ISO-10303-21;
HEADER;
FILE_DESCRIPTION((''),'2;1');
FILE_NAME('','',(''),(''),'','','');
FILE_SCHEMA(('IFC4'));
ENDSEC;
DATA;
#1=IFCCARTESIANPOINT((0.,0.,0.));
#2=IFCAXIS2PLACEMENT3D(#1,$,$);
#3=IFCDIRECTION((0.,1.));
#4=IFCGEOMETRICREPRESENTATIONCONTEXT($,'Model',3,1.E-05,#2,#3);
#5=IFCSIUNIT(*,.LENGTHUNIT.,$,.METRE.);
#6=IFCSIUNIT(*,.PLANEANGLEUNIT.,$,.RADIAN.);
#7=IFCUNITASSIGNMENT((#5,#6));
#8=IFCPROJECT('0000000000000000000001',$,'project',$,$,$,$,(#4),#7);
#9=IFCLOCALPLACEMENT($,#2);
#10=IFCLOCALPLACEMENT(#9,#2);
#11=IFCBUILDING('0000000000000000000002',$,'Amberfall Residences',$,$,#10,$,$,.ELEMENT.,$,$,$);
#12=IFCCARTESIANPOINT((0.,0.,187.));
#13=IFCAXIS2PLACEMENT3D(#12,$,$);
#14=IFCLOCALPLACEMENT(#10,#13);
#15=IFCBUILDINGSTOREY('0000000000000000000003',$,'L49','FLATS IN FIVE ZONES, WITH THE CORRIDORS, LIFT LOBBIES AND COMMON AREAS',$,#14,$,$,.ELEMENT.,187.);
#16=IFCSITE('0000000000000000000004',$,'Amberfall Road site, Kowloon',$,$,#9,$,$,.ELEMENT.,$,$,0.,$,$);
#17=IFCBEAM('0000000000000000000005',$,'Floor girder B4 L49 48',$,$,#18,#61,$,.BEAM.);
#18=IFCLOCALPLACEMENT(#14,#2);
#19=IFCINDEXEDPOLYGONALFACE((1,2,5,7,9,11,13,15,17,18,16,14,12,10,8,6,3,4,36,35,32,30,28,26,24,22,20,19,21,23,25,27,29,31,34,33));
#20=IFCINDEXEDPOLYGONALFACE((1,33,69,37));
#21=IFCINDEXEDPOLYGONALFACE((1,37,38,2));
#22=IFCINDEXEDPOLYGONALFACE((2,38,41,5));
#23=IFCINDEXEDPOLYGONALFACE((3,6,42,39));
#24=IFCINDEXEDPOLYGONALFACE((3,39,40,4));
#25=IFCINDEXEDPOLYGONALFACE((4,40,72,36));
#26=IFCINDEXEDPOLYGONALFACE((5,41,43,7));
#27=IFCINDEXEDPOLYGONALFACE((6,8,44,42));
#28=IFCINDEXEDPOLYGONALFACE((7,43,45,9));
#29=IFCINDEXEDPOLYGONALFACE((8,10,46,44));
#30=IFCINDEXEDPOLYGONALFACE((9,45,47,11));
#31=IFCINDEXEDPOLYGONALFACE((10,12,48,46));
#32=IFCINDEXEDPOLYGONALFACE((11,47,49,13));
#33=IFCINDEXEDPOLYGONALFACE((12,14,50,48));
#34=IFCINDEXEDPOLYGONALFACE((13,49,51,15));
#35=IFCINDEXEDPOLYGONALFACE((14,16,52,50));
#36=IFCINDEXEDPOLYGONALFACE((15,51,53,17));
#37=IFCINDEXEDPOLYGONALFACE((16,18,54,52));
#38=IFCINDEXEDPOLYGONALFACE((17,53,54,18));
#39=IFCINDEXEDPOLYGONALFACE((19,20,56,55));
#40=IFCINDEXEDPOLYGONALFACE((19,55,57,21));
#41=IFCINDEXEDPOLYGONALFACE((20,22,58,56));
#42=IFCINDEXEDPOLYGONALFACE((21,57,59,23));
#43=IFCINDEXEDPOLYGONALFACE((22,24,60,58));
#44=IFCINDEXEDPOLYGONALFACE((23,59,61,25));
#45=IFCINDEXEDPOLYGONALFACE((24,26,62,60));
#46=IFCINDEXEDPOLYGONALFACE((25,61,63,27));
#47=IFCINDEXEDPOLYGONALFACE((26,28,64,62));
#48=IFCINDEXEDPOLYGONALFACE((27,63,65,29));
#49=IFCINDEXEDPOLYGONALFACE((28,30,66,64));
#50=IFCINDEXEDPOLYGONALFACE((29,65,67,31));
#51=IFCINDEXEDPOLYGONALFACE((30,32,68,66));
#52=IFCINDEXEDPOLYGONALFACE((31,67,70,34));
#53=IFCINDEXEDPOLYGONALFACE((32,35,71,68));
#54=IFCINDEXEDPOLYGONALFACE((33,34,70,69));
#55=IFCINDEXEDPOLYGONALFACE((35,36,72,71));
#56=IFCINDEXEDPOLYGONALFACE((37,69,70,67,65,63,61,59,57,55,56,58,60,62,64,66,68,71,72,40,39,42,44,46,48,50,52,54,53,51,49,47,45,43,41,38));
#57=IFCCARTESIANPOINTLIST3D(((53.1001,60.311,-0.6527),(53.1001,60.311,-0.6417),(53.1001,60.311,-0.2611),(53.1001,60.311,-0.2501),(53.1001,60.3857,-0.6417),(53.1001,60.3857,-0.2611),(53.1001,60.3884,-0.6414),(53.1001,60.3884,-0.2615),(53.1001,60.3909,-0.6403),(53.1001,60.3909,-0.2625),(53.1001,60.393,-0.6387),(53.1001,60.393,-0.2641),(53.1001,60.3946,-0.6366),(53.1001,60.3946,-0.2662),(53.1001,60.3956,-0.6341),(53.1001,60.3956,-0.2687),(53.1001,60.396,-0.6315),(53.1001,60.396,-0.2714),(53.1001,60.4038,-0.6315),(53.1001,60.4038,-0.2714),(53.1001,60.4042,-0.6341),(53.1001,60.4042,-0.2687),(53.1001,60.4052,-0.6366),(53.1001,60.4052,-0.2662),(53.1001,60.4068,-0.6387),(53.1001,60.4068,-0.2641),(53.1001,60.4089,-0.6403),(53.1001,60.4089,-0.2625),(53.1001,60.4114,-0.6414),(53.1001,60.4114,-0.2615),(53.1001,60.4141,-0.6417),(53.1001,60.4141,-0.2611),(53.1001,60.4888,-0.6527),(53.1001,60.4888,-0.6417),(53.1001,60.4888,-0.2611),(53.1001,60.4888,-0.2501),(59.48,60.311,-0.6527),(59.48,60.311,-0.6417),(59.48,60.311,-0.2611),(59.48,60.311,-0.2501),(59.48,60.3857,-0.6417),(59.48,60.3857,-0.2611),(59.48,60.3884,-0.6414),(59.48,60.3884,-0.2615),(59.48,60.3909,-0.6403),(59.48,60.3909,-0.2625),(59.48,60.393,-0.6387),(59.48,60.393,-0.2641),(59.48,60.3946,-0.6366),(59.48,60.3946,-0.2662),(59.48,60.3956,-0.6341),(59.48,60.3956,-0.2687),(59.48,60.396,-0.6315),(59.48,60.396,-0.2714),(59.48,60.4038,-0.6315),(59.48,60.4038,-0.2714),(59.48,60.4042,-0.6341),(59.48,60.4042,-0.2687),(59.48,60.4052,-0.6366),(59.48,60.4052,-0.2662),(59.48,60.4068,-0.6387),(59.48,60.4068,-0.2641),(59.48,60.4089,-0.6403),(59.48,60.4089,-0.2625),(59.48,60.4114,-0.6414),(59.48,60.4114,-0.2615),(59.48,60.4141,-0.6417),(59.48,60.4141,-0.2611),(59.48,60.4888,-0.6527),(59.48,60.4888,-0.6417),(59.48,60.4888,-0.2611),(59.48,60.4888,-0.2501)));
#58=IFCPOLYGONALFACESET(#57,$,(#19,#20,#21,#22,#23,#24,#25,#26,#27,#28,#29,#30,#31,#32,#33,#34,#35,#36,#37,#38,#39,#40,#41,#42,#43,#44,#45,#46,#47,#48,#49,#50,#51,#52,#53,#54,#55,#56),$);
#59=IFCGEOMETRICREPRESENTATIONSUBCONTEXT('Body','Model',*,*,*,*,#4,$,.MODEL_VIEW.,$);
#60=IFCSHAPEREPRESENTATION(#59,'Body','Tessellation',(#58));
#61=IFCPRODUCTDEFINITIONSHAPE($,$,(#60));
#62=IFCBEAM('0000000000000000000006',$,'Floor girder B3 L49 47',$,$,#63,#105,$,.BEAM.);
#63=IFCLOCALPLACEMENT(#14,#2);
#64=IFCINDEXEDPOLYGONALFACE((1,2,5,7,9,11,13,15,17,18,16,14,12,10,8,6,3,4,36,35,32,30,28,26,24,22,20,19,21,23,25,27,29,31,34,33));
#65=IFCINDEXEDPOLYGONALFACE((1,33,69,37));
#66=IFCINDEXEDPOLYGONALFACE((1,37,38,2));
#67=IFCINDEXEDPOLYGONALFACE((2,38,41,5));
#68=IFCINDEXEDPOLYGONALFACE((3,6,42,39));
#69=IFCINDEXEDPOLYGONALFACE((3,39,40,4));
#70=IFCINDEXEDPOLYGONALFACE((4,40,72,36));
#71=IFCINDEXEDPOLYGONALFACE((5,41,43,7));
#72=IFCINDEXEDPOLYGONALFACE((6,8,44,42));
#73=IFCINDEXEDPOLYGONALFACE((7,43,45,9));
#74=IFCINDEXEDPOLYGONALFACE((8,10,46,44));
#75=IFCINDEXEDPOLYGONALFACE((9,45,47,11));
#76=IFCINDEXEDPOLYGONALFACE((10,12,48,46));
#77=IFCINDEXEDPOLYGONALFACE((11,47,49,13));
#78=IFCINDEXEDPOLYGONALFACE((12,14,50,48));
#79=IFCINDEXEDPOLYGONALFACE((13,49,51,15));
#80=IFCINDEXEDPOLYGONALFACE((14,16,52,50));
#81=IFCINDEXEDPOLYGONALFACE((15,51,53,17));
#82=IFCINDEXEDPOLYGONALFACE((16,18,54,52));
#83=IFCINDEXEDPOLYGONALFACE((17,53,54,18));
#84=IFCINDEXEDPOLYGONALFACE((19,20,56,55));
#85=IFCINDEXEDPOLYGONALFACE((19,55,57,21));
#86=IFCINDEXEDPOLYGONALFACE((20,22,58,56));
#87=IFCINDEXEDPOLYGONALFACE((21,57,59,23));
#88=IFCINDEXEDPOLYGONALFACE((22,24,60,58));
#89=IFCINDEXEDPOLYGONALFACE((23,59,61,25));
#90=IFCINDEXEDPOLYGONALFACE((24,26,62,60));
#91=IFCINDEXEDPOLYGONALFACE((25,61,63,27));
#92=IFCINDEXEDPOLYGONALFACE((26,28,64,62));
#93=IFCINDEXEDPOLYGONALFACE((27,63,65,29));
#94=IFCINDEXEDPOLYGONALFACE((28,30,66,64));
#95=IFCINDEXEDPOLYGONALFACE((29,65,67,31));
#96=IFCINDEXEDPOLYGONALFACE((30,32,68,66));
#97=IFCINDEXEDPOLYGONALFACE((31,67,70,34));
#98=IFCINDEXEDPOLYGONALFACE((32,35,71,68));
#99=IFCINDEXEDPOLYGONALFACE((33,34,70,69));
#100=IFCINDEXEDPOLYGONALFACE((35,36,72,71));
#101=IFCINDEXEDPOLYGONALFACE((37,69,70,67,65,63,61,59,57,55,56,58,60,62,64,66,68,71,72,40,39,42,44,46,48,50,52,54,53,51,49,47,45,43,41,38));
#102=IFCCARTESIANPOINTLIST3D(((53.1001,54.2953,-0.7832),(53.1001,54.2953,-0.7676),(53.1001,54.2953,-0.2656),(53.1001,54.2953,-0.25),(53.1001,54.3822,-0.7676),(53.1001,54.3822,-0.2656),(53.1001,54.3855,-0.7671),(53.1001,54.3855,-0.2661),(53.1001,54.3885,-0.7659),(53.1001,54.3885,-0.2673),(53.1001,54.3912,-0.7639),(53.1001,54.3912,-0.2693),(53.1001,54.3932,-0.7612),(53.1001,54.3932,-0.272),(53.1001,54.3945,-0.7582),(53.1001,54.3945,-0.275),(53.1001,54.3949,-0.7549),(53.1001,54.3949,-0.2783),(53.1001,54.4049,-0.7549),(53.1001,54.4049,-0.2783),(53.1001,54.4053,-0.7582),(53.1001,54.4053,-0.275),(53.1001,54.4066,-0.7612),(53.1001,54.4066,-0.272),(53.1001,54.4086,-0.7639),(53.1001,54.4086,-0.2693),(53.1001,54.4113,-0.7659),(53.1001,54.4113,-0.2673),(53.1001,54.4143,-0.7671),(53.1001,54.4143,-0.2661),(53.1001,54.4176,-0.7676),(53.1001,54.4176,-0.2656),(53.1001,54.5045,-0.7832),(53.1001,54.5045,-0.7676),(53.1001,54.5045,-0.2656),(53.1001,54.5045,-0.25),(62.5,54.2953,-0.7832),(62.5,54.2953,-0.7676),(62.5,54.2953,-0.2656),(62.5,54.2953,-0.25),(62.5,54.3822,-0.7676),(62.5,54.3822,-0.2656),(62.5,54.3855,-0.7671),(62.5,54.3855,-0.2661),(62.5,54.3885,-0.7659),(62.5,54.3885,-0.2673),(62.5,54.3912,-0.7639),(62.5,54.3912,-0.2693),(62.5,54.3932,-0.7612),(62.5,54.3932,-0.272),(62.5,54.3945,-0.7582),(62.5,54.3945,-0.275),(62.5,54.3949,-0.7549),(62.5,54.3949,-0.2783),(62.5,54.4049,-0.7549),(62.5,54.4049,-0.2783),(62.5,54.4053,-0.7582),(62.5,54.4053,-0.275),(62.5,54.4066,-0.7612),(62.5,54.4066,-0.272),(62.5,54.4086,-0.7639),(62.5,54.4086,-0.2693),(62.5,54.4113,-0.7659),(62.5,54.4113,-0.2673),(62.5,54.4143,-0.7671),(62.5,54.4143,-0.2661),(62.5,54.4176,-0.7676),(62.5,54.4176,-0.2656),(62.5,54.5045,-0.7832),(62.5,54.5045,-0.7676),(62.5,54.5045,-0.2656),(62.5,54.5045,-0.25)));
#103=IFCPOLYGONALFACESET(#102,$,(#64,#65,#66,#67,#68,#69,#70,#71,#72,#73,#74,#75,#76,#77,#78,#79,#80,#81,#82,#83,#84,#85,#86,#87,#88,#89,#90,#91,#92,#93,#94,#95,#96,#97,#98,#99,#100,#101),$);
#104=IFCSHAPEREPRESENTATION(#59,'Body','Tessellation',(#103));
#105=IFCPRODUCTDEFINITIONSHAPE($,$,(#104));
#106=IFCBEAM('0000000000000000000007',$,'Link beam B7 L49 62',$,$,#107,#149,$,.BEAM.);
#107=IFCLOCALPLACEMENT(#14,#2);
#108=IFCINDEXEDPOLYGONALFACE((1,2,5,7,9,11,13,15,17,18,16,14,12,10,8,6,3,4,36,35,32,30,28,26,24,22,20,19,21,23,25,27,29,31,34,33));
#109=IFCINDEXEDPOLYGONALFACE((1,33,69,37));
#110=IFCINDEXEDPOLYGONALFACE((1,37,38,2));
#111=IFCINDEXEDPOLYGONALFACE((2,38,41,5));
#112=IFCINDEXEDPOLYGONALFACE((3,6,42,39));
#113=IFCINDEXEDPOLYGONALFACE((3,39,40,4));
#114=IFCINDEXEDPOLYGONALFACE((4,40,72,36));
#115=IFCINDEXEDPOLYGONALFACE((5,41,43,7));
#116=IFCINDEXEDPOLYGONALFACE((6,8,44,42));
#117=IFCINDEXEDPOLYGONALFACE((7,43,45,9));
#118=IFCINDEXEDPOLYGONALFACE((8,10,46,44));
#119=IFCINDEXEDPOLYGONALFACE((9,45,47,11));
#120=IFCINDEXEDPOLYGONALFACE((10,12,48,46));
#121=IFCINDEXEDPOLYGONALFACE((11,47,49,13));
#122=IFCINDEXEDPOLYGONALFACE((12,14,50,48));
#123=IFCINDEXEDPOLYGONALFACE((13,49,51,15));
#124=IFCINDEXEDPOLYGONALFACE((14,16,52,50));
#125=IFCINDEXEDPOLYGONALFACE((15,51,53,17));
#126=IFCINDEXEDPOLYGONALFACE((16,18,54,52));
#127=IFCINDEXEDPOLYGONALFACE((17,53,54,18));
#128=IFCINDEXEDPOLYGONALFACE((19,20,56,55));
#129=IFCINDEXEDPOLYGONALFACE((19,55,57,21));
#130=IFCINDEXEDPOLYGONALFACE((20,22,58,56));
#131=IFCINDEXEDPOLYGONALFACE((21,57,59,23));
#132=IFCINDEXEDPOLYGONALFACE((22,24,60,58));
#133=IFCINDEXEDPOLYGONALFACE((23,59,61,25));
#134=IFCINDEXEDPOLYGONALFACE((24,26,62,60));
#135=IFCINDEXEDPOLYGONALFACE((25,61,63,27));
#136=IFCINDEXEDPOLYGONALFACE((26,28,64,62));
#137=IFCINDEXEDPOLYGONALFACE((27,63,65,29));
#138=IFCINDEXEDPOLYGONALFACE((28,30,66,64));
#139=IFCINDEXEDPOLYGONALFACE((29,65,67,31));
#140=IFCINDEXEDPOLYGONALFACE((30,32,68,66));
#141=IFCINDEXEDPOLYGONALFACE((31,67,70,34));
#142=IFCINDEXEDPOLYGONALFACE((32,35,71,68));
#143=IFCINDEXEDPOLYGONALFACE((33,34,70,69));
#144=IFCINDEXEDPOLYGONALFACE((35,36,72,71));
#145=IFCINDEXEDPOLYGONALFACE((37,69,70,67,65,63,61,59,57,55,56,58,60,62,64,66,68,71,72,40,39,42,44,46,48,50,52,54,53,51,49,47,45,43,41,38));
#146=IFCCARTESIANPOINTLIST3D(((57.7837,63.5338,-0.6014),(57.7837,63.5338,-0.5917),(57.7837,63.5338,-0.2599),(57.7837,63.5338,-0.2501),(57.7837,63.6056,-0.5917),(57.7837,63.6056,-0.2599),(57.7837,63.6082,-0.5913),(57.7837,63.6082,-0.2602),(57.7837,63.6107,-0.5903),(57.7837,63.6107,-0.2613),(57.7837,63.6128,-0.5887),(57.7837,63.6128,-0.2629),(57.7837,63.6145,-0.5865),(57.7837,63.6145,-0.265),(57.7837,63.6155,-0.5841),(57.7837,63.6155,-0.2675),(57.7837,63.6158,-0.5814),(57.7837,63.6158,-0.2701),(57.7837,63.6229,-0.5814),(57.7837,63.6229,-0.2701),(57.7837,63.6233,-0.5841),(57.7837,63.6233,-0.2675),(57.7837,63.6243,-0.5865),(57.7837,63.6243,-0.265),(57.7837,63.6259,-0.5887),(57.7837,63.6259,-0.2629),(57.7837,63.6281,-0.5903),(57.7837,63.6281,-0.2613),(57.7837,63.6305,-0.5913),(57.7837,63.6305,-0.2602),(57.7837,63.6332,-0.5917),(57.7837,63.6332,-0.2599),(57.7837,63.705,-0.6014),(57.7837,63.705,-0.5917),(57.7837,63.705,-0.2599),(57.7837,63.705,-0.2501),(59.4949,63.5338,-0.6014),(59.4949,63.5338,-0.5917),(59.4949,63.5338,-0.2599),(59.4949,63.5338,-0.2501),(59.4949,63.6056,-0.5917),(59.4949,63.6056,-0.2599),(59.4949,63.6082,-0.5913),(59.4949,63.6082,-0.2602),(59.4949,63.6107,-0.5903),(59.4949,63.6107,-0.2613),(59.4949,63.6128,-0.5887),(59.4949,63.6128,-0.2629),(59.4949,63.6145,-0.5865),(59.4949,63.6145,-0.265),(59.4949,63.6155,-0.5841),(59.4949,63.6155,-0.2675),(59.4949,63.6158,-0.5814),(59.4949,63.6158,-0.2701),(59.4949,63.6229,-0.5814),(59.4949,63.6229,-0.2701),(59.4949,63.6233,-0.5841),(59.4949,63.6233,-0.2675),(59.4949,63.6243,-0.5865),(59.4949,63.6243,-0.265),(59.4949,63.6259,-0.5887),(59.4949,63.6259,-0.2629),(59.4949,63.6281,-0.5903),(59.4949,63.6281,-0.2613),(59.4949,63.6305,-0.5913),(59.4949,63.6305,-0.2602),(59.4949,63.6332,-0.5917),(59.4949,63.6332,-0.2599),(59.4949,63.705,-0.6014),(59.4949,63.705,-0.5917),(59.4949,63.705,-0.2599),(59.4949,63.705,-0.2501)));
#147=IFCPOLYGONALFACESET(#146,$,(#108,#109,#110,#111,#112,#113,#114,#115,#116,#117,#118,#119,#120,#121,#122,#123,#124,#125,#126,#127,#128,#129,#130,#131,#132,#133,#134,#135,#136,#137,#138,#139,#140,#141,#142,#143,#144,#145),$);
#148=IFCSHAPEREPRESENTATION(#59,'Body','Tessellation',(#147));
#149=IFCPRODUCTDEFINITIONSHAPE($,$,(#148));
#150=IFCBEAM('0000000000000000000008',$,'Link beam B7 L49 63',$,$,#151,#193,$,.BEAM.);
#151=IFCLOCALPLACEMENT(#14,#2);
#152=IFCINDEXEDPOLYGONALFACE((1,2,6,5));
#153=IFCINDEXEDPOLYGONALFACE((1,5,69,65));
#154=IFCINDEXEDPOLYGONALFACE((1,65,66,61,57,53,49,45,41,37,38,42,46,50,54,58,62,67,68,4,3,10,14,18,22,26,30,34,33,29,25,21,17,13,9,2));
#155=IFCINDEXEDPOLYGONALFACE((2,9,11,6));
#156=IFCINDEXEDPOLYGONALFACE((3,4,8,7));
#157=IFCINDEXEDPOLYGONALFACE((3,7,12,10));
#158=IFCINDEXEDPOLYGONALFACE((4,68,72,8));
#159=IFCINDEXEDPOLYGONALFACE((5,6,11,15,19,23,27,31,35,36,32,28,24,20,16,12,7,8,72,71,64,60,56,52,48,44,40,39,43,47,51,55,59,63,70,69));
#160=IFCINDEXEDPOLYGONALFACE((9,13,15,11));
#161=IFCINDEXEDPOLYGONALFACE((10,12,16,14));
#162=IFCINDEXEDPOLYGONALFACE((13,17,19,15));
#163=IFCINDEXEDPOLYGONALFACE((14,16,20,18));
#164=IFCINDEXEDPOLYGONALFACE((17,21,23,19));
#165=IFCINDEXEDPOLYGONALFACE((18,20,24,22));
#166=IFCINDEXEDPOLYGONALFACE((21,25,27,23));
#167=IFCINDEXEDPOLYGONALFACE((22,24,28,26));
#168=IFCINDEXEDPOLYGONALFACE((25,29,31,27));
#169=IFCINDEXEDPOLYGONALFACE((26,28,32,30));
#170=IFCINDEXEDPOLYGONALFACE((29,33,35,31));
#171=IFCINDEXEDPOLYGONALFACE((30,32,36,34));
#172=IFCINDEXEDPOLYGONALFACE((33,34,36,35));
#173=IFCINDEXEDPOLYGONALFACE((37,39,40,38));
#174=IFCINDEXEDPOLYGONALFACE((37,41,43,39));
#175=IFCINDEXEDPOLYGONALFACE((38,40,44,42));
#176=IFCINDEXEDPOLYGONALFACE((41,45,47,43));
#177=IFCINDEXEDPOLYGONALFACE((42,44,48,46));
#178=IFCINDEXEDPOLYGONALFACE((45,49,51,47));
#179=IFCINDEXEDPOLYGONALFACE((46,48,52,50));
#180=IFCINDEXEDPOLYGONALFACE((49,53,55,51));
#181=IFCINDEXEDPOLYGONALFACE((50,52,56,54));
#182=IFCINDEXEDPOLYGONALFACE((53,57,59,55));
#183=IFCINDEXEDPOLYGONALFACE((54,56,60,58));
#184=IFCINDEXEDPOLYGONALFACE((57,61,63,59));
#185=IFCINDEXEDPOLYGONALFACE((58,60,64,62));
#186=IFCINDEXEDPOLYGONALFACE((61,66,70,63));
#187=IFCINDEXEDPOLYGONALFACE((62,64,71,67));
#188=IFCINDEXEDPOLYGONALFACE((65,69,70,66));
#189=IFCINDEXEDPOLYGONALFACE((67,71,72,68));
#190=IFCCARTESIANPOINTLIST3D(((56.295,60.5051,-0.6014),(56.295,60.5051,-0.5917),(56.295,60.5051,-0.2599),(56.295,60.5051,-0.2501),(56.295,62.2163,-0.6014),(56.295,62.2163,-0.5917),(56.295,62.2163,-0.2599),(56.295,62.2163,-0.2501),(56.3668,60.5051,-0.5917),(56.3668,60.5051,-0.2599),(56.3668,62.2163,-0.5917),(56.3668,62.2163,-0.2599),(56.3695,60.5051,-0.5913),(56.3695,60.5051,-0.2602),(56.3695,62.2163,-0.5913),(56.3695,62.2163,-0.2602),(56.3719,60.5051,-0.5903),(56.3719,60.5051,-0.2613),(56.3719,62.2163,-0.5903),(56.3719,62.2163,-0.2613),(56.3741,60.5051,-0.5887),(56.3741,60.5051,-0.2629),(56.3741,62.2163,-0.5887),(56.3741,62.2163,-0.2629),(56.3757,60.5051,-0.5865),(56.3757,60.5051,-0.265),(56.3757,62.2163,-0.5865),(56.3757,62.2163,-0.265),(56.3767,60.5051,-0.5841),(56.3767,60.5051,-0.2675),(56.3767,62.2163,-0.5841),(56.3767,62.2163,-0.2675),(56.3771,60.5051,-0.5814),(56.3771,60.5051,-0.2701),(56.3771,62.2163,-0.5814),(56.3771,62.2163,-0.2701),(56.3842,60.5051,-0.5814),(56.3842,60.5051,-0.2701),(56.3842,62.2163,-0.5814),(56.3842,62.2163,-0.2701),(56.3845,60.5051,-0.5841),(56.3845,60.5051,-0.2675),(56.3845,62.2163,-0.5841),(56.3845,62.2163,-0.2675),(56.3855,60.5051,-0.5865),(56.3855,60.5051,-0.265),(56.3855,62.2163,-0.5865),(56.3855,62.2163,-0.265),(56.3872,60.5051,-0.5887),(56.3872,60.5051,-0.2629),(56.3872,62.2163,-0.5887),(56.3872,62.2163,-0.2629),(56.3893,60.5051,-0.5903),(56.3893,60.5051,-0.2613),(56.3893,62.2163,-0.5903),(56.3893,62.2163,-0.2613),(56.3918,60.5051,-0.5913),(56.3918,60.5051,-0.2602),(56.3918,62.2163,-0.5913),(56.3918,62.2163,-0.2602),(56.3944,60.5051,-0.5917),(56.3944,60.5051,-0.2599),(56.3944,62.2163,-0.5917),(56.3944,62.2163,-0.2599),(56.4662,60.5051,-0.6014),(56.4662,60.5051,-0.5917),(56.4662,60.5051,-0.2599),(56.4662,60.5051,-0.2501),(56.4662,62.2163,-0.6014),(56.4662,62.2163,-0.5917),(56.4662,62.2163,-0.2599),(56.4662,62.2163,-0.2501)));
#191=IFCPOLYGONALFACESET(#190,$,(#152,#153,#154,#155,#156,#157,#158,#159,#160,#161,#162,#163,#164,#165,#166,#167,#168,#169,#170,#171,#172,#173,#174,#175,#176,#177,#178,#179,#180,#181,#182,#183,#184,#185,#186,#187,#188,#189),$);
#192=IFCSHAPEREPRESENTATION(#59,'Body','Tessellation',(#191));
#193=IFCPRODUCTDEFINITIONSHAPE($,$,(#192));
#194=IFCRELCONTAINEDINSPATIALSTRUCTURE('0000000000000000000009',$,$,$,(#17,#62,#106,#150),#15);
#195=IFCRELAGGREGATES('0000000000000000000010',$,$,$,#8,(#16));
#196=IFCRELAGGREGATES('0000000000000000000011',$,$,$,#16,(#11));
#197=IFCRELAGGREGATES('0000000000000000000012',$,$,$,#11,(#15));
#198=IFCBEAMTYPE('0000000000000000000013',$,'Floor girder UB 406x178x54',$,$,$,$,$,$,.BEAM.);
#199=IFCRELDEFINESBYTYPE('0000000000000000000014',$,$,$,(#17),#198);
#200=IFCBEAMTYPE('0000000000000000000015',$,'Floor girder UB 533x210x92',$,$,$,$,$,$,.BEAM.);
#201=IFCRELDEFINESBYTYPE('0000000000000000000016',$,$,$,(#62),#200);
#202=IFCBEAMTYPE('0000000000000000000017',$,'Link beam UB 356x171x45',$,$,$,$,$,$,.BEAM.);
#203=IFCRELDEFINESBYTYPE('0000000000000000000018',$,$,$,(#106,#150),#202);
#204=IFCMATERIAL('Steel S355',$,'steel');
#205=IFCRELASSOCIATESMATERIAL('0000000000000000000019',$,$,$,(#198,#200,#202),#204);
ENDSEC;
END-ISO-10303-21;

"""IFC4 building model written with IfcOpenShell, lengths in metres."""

from ifc_helpers import new_model, si_unit, direction, frame, origin, origin_2d, place, context, subcontext, project, spatial, i_section, extrude, material, material_profile, profile_set, type_object, element, save


model = new_model("IFC4")

# Units and contexts
model_context = context("Model", 3, precision=1e-05, world=origin(), true_north=direction((0.0, 1.0)))
body_context = subcontext(model_context, "Body", "Model", "MODEL_VIEW")
ifc_project = project(units=[si_unit("LENGTHUNIT", "METRE"), si_unit("PLANEANGLEUNIT", "RADIAN")], contexts=[model_context])

# Site, building, storey
site_placement = place(None, origin())
site = spatial("IfcSite", under=ifc_project, at=site_placement, Name="Amberfall Road site, Kowloon", CompositionType="ELEMENT", RefElevation=0.0)
building_placement = place(site_placement, origin())
building = spatial("IfcBuilding", under=site, at=building_placement, Name="Amberfall Residences", CompositionType="ELEMENT")
storey_placement = place(building_placement, frame((0.0, 0.0, 187.0)))
storey = spatial("IfcBuildingStorey", under=building, at=storey_placement, Name="L49", Description="FLATS IN FIVE ZONES, WITH THE CORRIDORS, LIFT LOBBIES AND COMMON AREAS", CompositionType="ELEMENT", Elevation=187.0)

# Shared definitions
ifc_material_1 = material(Name="Steel S355", Category="steel")

# Beams
ifc_material_profile_1 = material_profile(ifc_material_1, i_section(OverallWidth=0.1777, OverallDepth=0.4026, WebThickness=0.0078, FlangeThickness=0.011, FilletRadius=0.0103, at=origin_2d()), Name="UB 406x178x54")
ifc_profile_set_1 = profile_set([ifc_material_profile_1], Name="Steel S355")
beam_type_1 = type_object("IfcBeamType", Name="Floor girder UB 406x178x54", PredefinedType="BEAM", material=ifc_profile_set_1)
beam_1_placement = place(storey_placement, frame((53.1001, 60.3999, -0.4514), z_axis=(1.0, 0.0, 0.0), x_axis=(0.0, 1.0, 0.0)))
element("IfcBeam", 1, at=beam_1_placement, inside=storey, type_object=beam_type_1, Name="Floor girder B4 L49 48", PredefinedType="BEAM", context=body_context, shape_type="SweptSolid", body=[
    extrude(i_section(OverallWidth=0.1777, OverallDepth=0.4026, WebThickness=0.0078, FlangeThickness=0.011, FilletRadius=0.0103, at=origin_2d()), origin(), (0.0, 0.0, 1.0), 6.3799),
])
ifc_material_profile_2 = material_profile(ifc_material_1, i_section(OverallWidth=0.2092, OverallDepth=0.5332, WebThickness=0.01, FlangeThickness=0.0156, FilletRadius=0.0127, at=origin_2d()), Name="UB 533x210x92")
ifc_profile_set_2 = profile_set([ifc_material_profile_2], Name="Steel S355")
beam_type_2 = type_object("IfcBeamType", Name="Floor girder UB 533x210x92", PredefinedType="BEAM", material=ifc_profile_set_2)
beam_2_placement = place(storey_placement, frame((53.1001, 54.3999, -0.5166), z_axis=(1.0, 0.0, 0.0), x_axis=(0.0, 1.0, 0.0)))
element("IfcBeam", 2, at=beam_2_placement, inside=storey, type_object=beam_type_2, Name="Floor girder B3 L49 47", PredefinedType="BEAM", context=body_context, shape_type="SweptSolid", body=[
    extrude(i_section(OverallWidth=0.2092, OverallDepth=0.5332, WebThickness=0.01, FlangeThickness=0.0156, FilletRadius=0.0127, at=origin_2d()), origin(), (0.0, 0.0, 1.0), 9.3999),
])
ifc_material_profile_3 = material_profile(ifc_material_1, i_section(OverallWidth=0.1711, OverallDepth=0.3513, WebThickness=0.0071, FlangeThickness=0.0098, FilletRadius=0.0103, at=origin_2d()), Name="UB 356x171x45")
ifc_profile_set_3 = profile_set([ifc_material_profile_3], Name="Steel S355")
beam_type_3 = type_object("IfcBeamType", Name="Link beam UB 356x171x45", PredefinedType="BEAM", material=ifc_profile_set_3)
for number, where, z_axis, x_axis, name in (
    (3, (57.7837, 63.6194, -0.4258), (1.0, 0.0, 0.0), (0.0, 1.0, 0.0), "Link beam B7 L49 62"),
    (4, (56.3806, 62.2163, -0.4258), (0.0, -1.0, 0.0), (1.0, 0.0, 0.0), "Link beam B7 L49 63"),
):
    element("IfcBeam", number, at=place(storey_placement, frame(where, z_axis=z_axis, x_axis=x_axis)), inside=storey, type_object=beam_type_3, Name=name, PredefinedType="BEAM", context=body_context, shape_type="SweptSolid", body=[
        extrude(i_section(OverallWidth=0.1711, OverallDepth=0.3513, WebThickness=0.0071, FlangeThickness=0.0098, FilletRadius=0.0103, at=origin_2d()), origin(), (0.0, 0.0, 1.0), 1.7112),
    ])

save(model, "model.ifc")
